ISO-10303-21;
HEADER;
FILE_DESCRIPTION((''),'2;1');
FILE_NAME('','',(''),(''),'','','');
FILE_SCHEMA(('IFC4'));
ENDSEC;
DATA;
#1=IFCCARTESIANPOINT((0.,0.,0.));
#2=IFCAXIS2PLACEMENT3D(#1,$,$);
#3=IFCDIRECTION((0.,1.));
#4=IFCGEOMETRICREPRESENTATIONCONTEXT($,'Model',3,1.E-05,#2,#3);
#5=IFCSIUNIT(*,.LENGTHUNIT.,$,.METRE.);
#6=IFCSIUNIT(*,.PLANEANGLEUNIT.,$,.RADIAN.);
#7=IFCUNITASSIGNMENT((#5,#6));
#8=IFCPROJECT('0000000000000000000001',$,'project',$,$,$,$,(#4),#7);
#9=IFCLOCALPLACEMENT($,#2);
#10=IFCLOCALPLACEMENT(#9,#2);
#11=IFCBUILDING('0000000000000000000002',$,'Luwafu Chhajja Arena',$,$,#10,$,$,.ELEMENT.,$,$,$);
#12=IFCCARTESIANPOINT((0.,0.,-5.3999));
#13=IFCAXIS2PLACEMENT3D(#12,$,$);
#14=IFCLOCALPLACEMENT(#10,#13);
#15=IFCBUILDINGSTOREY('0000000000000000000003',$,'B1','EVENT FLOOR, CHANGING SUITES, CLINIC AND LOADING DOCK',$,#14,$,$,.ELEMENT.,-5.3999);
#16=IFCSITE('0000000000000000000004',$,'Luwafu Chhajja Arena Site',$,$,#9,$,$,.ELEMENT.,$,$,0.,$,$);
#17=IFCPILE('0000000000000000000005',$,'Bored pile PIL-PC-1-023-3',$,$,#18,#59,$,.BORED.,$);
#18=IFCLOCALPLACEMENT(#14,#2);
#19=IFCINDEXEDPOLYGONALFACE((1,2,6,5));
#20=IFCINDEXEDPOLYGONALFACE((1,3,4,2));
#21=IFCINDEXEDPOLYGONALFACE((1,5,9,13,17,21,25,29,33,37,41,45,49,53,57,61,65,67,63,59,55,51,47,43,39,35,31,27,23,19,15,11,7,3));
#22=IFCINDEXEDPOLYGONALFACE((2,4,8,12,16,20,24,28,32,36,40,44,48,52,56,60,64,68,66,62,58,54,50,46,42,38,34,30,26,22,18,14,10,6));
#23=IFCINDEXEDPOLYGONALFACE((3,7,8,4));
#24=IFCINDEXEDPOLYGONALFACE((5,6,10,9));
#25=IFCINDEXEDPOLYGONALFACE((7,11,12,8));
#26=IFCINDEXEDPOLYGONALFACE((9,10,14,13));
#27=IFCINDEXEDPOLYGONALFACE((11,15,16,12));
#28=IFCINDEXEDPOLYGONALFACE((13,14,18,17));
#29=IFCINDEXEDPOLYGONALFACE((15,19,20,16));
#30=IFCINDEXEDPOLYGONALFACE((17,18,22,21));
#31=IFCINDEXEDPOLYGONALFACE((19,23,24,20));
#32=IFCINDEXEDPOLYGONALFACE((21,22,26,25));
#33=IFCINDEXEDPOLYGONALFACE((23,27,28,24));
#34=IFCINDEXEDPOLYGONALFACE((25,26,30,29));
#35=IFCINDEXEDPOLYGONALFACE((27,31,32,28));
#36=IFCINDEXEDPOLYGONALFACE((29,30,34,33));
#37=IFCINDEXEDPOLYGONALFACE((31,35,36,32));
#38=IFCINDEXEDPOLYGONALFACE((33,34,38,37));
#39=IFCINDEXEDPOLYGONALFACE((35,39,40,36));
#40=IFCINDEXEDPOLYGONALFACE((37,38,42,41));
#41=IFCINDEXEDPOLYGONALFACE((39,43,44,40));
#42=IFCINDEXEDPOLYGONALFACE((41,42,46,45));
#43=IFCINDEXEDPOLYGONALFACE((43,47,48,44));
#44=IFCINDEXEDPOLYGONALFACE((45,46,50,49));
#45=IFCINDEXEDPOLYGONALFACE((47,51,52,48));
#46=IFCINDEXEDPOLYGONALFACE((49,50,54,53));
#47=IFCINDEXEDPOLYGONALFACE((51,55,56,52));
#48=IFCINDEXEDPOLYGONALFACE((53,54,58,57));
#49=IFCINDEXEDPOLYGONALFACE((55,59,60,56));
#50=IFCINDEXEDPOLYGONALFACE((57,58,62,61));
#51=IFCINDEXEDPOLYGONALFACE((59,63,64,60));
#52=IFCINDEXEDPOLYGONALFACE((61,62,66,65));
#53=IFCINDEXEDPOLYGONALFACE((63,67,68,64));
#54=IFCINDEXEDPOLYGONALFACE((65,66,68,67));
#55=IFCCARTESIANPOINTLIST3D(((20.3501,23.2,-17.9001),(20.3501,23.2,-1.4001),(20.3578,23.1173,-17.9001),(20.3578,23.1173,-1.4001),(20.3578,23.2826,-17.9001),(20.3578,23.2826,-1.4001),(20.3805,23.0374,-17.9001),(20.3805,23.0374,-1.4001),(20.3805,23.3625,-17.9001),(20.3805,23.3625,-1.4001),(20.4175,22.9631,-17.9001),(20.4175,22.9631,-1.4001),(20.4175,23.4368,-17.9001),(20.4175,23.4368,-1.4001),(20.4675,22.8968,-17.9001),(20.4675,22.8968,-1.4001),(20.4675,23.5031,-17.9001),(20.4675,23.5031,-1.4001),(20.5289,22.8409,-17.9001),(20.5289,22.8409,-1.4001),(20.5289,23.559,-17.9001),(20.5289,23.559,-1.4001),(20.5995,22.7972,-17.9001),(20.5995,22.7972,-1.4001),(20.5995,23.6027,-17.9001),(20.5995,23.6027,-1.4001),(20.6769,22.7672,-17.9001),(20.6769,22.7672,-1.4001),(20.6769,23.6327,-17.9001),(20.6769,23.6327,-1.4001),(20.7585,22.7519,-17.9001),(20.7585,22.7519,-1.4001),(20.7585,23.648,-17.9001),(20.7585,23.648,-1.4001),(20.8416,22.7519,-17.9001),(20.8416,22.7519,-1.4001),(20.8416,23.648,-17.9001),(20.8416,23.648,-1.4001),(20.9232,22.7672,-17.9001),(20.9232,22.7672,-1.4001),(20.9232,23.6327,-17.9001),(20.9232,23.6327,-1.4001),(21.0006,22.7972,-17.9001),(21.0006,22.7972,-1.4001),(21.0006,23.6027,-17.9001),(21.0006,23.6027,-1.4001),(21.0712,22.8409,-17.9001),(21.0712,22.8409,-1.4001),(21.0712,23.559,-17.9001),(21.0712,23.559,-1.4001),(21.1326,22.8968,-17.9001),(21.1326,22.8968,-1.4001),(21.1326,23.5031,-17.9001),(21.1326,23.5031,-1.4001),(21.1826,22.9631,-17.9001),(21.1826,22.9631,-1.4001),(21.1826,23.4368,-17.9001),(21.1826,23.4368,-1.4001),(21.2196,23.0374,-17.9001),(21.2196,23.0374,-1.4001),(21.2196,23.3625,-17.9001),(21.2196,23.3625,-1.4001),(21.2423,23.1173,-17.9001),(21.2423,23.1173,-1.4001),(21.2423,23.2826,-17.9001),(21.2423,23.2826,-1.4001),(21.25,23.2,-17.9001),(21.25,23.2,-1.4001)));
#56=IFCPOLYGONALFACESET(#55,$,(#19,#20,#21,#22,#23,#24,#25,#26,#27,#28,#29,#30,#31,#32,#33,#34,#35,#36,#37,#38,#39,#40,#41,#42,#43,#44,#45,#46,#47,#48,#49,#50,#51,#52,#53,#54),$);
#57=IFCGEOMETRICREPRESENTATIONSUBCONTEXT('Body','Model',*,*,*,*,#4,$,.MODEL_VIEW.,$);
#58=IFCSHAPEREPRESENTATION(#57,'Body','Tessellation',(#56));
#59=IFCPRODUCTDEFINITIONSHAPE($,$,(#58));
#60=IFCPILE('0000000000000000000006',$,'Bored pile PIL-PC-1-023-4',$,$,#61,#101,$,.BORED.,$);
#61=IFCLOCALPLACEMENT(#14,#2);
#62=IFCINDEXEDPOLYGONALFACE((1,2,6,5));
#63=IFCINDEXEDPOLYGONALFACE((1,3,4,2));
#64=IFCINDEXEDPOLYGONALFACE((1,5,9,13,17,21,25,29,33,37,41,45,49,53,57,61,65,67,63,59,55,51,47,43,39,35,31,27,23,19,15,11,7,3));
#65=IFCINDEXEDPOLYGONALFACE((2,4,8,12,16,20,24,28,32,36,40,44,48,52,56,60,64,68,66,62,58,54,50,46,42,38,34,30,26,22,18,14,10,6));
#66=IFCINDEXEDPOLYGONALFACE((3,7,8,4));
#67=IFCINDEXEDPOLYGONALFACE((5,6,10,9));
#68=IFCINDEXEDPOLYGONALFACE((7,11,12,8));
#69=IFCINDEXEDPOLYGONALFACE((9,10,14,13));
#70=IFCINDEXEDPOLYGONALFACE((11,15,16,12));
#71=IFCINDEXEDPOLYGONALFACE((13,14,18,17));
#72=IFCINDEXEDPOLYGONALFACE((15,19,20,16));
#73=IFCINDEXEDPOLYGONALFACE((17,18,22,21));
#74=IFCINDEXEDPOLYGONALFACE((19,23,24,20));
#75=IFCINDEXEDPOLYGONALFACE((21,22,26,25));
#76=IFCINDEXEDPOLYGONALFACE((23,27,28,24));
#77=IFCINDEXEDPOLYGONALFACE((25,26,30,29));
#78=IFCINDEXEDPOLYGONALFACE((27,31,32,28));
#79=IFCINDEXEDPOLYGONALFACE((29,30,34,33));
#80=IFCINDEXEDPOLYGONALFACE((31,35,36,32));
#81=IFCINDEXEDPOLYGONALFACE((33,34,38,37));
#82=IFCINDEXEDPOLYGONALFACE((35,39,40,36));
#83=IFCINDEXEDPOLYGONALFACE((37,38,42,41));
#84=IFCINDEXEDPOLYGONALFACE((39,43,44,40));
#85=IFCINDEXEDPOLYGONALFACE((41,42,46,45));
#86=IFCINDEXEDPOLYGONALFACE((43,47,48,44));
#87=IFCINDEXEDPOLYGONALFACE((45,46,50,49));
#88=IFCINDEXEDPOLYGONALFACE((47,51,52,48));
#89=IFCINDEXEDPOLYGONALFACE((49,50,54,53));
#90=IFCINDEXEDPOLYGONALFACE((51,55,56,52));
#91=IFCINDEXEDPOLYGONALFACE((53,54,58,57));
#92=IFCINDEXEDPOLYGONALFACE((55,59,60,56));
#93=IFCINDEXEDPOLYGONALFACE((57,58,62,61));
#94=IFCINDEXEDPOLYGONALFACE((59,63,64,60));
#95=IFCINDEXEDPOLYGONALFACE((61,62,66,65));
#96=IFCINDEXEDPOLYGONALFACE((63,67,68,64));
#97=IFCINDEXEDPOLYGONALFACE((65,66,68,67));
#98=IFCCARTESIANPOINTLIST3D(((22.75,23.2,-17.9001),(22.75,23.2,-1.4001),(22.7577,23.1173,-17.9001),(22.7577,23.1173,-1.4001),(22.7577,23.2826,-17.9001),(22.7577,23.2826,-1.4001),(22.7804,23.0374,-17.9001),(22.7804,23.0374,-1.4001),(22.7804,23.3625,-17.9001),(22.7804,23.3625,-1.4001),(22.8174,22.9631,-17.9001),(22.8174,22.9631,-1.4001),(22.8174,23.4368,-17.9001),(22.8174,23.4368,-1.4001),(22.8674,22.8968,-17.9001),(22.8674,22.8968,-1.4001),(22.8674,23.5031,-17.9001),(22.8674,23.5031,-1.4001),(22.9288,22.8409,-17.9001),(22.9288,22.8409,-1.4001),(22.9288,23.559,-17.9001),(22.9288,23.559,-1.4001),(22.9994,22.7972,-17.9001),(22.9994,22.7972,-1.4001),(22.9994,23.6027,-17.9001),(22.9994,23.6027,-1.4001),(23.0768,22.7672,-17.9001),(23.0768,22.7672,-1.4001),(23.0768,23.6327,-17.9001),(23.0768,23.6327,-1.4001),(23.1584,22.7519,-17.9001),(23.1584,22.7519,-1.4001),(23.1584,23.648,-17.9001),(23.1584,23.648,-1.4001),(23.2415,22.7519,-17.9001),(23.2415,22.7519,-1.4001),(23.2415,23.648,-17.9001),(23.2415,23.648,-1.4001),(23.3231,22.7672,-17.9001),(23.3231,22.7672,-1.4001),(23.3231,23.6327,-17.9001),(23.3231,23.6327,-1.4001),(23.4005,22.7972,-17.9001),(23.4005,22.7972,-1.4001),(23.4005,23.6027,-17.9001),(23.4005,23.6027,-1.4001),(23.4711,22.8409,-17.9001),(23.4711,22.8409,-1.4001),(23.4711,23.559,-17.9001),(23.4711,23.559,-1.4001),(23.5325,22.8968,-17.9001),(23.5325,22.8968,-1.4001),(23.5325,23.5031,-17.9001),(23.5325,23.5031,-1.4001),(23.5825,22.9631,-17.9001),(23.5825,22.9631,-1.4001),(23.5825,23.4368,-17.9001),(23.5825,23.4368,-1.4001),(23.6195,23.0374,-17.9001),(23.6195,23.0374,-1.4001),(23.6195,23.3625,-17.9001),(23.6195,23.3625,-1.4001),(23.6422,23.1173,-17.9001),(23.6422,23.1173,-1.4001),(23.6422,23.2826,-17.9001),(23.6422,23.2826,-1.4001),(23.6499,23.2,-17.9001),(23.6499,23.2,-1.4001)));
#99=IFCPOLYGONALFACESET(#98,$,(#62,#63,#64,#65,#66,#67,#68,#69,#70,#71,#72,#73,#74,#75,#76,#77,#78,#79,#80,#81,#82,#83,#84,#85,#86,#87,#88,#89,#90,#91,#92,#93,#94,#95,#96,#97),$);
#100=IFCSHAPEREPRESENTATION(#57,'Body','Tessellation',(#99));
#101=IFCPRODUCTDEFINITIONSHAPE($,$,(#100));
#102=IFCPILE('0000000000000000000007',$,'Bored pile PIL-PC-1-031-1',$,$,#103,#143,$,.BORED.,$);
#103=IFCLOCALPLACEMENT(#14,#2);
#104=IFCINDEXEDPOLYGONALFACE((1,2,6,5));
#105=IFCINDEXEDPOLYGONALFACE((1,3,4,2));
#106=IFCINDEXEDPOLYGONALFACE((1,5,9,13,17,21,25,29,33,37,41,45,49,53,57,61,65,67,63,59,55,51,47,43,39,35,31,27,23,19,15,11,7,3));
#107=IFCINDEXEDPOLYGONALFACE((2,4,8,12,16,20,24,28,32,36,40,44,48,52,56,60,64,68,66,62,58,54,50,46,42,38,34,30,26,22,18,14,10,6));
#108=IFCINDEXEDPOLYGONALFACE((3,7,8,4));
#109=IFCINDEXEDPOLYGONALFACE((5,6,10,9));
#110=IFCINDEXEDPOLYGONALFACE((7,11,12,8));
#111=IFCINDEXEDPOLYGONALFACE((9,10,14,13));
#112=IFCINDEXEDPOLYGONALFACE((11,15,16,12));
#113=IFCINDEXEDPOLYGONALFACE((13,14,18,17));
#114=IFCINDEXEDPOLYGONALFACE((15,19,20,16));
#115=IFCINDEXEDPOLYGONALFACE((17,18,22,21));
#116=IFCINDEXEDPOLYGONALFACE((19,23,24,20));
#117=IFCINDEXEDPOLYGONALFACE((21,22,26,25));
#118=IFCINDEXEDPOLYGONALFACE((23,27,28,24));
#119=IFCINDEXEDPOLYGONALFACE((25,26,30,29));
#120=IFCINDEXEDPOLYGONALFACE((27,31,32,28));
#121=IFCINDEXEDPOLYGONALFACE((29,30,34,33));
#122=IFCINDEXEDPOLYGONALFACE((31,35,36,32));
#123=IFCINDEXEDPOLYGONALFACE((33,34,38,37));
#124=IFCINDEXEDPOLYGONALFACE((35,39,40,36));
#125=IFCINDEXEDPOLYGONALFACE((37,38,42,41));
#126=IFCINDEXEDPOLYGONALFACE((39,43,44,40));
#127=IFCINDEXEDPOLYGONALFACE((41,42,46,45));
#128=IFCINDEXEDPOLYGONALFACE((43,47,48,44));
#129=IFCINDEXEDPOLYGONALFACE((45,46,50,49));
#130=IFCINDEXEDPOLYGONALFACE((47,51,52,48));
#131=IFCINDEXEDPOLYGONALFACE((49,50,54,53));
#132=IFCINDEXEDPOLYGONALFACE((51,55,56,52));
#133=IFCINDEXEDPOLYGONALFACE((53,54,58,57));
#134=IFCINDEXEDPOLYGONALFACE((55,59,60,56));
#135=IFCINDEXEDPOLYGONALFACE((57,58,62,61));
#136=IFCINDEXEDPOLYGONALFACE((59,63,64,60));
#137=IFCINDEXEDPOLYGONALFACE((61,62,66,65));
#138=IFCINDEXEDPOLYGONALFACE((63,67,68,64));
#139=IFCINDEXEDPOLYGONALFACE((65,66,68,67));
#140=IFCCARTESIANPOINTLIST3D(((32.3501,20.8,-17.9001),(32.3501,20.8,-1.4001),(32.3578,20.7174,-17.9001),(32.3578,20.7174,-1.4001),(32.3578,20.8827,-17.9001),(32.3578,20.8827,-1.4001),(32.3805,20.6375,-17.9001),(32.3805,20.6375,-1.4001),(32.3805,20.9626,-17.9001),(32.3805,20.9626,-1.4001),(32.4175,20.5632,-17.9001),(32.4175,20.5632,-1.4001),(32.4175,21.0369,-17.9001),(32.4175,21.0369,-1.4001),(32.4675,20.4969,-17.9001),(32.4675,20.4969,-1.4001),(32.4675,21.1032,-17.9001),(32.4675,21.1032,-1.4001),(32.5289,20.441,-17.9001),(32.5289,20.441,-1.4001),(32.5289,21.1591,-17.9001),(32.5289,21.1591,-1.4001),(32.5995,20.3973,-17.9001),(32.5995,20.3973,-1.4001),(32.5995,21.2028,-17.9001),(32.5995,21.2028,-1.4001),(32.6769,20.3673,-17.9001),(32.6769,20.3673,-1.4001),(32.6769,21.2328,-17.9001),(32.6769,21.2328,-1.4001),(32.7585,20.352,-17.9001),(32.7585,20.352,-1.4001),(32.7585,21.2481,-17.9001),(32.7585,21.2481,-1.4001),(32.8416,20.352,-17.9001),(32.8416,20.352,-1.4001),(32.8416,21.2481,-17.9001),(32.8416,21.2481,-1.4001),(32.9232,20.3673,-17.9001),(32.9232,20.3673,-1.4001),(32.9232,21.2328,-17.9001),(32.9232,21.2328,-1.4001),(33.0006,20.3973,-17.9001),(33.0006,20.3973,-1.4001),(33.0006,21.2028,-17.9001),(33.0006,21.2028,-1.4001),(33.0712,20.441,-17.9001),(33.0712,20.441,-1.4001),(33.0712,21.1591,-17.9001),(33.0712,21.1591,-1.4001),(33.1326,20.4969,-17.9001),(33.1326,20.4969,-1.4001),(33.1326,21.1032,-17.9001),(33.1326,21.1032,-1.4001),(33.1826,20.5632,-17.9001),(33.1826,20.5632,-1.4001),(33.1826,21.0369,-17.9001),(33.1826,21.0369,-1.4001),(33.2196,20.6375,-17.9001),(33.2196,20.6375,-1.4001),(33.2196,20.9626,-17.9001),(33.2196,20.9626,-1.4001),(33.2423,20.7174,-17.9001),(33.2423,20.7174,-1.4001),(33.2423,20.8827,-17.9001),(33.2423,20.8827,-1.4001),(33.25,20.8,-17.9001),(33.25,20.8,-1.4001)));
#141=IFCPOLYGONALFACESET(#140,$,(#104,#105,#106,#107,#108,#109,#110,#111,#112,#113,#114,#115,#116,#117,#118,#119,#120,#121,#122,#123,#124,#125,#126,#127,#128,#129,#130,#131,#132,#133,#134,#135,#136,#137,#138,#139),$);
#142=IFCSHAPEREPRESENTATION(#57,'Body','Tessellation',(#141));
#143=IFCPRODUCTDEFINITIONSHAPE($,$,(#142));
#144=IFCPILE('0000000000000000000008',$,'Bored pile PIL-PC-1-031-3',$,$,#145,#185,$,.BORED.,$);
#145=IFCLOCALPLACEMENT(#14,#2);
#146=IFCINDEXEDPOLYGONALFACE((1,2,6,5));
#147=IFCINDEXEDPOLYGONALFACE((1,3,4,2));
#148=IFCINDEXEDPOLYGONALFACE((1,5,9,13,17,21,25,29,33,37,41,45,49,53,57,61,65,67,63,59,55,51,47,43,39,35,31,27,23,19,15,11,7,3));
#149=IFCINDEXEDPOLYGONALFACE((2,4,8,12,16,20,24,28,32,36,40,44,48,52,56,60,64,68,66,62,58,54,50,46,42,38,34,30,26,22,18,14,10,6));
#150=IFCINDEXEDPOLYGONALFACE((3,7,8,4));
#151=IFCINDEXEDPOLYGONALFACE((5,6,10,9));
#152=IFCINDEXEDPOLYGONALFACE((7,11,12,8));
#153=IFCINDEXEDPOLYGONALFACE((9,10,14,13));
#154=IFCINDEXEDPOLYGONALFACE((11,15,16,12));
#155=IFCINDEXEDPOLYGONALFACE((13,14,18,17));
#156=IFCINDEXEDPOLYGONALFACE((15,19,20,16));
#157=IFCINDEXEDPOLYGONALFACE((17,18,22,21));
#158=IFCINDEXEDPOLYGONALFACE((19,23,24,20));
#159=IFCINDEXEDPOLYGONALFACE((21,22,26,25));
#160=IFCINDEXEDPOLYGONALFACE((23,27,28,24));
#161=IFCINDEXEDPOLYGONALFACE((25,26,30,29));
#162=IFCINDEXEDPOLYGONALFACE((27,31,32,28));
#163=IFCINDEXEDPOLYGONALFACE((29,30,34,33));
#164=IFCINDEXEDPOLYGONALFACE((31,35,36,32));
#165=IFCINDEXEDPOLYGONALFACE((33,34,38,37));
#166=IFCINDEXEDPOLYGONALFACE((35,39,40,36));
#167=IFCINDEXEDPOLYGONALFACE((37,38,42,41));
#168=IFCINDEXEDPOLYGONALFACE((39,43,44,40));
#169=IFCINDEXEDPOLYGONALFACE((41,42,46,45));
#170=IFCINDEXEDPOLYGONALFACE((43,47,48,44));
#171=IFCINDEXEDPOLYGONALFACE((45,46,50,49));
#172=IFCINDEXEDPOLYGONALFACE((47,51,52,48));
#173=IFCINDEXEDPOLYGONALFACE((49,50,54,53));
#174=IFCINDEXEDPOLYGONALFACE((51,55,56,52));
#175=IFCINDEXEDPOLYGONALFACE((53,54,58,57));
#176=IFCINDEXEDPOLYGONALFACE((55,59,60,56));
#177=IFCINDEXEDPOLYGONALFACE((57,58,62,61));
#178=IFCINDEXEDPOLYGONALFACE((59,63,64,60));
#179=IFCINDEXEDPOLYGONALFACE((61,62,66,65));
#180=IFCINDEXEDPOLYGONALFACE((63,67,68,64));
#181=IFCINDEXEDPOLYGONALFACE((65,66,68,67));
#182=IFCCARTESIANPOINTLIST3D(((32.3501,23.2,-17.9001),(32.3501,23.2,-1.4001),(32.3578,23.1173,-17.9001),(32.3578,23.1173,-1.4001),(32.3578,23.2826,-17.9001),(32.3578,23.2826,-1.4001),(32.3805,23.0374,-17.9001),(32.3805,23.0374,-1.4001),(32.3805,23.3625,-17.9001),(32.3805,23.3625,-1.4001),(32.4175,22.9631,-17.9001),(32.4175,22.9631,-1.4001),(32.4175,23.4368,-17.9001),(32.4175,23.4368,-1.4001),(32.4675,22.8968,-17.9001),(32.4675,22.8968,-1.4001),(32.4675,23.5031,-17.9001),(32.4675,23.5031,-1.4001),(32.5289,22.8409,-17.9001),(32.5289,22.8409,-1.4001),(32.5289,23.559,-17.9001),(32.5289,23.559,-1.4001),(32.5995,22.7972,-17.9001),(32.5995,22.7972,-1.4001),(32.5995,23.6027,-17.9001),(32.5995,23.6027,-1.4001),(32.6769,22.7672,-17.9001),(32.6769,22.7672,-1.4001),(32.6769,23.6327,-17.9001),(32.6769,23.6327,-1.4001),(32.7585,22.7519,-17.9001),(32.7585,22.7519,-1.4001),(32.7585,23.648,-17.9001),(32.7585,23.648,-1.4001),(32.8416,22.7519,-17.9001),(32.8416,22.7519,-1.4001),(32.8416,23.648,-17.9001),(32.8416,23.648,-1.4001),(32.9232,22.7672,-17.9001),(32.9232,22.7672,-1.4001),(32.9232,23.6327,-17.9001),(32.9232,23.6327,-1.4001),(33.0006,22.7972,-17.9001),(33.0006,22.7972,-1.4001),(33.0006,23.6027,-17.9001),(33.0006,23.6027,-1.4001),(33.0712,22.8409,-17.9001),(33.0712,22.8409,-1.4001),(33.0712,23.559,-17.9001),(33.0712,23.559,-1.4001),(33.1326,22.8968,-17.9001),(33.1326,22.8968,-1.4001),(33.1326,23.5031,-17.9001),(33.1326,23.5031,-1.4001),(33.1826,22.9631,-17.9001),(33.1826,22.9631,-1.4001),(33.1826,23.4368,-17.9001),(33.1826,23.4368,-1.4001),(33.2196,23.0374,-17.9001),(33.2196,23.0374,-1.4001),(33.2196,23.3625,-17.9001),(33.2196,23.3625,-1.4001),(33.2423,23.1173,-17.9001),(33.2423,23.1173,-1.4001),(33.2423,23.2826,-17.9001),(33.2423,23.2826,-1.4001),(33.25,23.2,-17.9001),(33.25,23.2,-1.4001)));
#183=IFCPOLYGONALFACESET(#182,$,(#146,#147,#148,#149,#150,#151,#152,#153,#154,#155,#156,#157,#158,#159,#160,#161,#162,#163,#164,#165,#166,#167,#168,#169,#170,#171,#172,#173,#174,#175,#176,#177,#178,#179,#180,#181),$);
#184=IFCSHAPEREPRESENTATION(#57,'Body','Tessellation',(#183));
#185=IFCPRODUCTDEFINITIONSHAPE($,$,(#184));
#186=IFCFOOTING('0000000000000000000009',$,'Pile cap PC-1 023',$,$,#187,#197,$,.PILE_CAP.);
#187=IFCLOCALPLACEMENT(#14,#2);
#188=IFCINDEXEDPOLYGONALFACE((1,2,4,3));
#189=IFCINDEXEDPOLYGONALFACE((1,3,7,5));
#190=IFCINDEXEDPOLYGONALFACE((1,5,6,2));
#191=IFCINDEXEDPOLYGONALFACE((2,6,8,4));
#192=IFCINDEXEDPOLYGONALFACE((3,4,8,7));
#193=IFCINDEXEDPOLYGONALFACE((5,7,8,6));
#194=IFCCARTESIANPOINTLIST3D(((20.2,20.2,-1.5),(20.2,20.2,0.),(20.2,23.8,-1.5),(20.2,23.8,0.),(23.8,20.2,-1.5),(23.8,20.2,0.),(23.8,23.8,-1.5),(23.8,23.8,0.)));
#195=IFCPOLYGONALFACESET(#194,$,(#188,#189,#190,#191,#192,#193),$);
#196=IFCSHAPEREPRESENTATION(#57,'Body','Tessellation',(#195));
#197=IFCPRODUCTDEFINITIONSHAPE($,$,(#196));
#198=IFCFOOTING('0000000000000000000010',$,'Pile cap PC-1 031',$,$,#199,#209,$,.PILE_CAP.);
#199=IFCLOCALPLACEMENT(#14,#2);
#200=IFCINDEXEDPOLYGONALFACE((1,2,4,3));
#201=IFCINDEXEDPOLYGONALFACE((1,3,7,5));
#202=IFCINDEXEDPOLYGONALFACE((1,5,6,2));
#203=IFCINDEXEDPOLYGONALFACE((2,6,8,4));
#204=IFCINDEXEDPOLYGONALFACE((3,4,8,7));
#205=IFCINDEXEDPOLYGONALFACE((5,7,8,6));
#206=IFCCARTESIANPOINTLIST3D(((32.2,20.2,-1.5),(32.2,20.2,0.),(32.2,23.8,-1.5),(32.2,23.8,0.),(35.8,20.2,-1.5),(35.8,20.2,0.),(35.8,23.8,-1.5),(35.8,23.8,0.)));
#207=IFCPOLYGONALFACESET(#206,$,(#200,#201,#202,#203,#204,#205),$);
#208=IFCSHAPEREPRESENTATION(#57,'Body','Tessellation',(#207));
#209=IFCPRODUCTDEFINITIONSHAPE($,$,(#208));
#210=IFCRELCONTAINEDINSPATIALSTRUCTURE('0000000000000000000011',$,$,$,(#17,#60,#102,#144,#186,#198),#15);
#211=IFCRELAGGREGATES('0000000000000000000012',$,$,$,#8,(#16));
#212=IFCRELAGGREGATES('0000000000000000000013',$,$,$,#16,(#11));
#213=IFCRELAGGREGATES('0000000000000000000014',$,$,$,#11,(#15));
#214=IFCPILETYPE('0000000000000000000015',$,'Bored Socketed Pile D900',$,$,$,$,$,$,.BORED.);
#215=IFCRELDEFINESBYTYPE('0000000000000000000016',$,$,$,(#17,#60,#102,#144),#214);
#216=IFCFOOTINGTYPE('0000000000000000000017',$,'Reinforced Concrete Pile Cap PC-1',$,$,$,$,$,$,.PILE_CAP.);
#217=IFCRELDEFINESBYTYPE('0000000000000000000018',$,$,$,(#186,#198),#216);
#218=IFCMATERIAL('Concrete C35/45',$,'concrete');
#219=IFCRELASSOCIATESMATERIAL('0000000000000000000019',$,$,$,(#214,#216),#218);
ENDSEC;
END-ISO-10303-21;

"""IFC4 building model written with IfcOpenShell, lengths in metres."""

from ifc_helpers import new_model, si_unit, direction, frame, origin, origin_2d, place, context, subcontext, project, spatial, rectangle, circle, extrude, material, material_profile, profile_set, type_object, element, save


model = new_model("IFC4")

# Units and contexts
model_context = context("Model", 3, precision=1e-05, world=origin(), true_north=direction((0.0, 1.0)))
body_context = subcontext(model_context, "Body", "Model", "MODEL_VIEW")
ifc_project = project(units=[si_unit("LENGTHUNIT", "METRE"), si_unit("PLANEANGLEUNIT", "RADIAN")], contexts=[model_context])

# Site, building, storey
site_placement = place(None, origin())
site = spatial("IfcSite", under=ifc_project, at=site_placement, Name="Luwafu Chhajja Arena Site", CompositionType="ELEMENT", RefElevation=0.0)
building_placement = place(site_placement, origin())
building = spatial("IfcBuilding", under=site, at=building_placement, Name="Luwafu Chhajja Arena", CompositionType="ELEMENT")
storey_placement = place(building_placement, frame((0.0, 0.0, -5.3999)))
storey = spatial("IfcBuildingStorey", under=building, at=storey_placement, Name="B1", Description="EVENT FLOOR, CHANGING SUITES, CLINIC AND LOADING DOCK", CompositionType="ELEMENT", Elevation=-5.3999)

# Shared definitions
ifc_material_1 = material(Name="Concrete C35/45", Category="concrete")

# Piles
ifc_material_profile_1 = material_profile(ifc_material_1, circle(Radius=0.45, at=origin_2d()), Name="PILE D900")
ifc_profile_set_1 = profile_set([ifc_material_profile_1], Name="Concrete C35/45")
pile_type_1 = type_object("IfcPileType", Name="Bored Socketed Pile D900", PredefinedType="BORED", material=ifc_profile_set_1)
for number, where, z_axis, x_axis, name in (
    (1, (20.8, 23.2, -1.4001), (0.0, 0.0, -1.0), (1.0, 0.0, 0.0), "Bored pile PIL-PC-1-023-3"),
    (2, (23.2, 23.2, -1.4001), (0.0, 0.0, -1.0), (1.0, 0.0, 0.0), "Bored pile PIL-PC-1-023-4"),
    (3, (32.8, 20.8, -1.4001), (0.0, 0.0, -1.0), (1.0, 0.0, 0.0), "Bored pile PIL-PC-1-031-1"),
    (4, (32.8, 23.2, -1.4001), (0.0, 0.0, -1.0), (1.0, 0.0, 0.0), "Bored pile PIL-PC-1-031-3"),
):
    element("IfcPile", number, at=place(storey_placement, frame(where, z_axis=z_axis, x_axis=x_axis)), inside=storey, type_object=pile_type_1, Name=name, PredefinedType="BORED", context=body_context, shape_type="SweptSolid", body=[
        extrude(circle(Radius=0.45, at=origin_2d()), origin(), (0.0, 0.0, 1.0), 16.5),
    ])

# Footings
footing_type_1 = type_object("IfcFootingType", Name="Reinforced Concrete Pile Cap PC-1", PredefinedType="PILE_CAP", material=ifc_material_1)
for number, where, z_axis, x_axis, name in (
    (5, (22.0, 22.0, -1.5), (0.0, 0.0, 1.0), (1.0, 0.0, 0.0), "Pile cap PC-1 023"),
    (6, (34.0, 22.0, -1.5), (0.0, 0.0, 1.0), (1.0, 0.0, 0.0), "Pile cap PC-1 031"),
):
    element("IfcFooting", number, at=place(storey_placement, frame(where, z_axis=z_axis, x_axis=x_axis)), inside=storey, type_object=footing_type_1, Name=name, PredefinedType="PILE_CAP", context=body_context, shape_type="SweptSolid", body=[
        extrude(rectangle(XDim=3.6001, YDim=3.6001, at=origin_2d()), origin(), (0.0, 0.0, 1.0), 1.5),
    ])

save(model, "model.ifc")
